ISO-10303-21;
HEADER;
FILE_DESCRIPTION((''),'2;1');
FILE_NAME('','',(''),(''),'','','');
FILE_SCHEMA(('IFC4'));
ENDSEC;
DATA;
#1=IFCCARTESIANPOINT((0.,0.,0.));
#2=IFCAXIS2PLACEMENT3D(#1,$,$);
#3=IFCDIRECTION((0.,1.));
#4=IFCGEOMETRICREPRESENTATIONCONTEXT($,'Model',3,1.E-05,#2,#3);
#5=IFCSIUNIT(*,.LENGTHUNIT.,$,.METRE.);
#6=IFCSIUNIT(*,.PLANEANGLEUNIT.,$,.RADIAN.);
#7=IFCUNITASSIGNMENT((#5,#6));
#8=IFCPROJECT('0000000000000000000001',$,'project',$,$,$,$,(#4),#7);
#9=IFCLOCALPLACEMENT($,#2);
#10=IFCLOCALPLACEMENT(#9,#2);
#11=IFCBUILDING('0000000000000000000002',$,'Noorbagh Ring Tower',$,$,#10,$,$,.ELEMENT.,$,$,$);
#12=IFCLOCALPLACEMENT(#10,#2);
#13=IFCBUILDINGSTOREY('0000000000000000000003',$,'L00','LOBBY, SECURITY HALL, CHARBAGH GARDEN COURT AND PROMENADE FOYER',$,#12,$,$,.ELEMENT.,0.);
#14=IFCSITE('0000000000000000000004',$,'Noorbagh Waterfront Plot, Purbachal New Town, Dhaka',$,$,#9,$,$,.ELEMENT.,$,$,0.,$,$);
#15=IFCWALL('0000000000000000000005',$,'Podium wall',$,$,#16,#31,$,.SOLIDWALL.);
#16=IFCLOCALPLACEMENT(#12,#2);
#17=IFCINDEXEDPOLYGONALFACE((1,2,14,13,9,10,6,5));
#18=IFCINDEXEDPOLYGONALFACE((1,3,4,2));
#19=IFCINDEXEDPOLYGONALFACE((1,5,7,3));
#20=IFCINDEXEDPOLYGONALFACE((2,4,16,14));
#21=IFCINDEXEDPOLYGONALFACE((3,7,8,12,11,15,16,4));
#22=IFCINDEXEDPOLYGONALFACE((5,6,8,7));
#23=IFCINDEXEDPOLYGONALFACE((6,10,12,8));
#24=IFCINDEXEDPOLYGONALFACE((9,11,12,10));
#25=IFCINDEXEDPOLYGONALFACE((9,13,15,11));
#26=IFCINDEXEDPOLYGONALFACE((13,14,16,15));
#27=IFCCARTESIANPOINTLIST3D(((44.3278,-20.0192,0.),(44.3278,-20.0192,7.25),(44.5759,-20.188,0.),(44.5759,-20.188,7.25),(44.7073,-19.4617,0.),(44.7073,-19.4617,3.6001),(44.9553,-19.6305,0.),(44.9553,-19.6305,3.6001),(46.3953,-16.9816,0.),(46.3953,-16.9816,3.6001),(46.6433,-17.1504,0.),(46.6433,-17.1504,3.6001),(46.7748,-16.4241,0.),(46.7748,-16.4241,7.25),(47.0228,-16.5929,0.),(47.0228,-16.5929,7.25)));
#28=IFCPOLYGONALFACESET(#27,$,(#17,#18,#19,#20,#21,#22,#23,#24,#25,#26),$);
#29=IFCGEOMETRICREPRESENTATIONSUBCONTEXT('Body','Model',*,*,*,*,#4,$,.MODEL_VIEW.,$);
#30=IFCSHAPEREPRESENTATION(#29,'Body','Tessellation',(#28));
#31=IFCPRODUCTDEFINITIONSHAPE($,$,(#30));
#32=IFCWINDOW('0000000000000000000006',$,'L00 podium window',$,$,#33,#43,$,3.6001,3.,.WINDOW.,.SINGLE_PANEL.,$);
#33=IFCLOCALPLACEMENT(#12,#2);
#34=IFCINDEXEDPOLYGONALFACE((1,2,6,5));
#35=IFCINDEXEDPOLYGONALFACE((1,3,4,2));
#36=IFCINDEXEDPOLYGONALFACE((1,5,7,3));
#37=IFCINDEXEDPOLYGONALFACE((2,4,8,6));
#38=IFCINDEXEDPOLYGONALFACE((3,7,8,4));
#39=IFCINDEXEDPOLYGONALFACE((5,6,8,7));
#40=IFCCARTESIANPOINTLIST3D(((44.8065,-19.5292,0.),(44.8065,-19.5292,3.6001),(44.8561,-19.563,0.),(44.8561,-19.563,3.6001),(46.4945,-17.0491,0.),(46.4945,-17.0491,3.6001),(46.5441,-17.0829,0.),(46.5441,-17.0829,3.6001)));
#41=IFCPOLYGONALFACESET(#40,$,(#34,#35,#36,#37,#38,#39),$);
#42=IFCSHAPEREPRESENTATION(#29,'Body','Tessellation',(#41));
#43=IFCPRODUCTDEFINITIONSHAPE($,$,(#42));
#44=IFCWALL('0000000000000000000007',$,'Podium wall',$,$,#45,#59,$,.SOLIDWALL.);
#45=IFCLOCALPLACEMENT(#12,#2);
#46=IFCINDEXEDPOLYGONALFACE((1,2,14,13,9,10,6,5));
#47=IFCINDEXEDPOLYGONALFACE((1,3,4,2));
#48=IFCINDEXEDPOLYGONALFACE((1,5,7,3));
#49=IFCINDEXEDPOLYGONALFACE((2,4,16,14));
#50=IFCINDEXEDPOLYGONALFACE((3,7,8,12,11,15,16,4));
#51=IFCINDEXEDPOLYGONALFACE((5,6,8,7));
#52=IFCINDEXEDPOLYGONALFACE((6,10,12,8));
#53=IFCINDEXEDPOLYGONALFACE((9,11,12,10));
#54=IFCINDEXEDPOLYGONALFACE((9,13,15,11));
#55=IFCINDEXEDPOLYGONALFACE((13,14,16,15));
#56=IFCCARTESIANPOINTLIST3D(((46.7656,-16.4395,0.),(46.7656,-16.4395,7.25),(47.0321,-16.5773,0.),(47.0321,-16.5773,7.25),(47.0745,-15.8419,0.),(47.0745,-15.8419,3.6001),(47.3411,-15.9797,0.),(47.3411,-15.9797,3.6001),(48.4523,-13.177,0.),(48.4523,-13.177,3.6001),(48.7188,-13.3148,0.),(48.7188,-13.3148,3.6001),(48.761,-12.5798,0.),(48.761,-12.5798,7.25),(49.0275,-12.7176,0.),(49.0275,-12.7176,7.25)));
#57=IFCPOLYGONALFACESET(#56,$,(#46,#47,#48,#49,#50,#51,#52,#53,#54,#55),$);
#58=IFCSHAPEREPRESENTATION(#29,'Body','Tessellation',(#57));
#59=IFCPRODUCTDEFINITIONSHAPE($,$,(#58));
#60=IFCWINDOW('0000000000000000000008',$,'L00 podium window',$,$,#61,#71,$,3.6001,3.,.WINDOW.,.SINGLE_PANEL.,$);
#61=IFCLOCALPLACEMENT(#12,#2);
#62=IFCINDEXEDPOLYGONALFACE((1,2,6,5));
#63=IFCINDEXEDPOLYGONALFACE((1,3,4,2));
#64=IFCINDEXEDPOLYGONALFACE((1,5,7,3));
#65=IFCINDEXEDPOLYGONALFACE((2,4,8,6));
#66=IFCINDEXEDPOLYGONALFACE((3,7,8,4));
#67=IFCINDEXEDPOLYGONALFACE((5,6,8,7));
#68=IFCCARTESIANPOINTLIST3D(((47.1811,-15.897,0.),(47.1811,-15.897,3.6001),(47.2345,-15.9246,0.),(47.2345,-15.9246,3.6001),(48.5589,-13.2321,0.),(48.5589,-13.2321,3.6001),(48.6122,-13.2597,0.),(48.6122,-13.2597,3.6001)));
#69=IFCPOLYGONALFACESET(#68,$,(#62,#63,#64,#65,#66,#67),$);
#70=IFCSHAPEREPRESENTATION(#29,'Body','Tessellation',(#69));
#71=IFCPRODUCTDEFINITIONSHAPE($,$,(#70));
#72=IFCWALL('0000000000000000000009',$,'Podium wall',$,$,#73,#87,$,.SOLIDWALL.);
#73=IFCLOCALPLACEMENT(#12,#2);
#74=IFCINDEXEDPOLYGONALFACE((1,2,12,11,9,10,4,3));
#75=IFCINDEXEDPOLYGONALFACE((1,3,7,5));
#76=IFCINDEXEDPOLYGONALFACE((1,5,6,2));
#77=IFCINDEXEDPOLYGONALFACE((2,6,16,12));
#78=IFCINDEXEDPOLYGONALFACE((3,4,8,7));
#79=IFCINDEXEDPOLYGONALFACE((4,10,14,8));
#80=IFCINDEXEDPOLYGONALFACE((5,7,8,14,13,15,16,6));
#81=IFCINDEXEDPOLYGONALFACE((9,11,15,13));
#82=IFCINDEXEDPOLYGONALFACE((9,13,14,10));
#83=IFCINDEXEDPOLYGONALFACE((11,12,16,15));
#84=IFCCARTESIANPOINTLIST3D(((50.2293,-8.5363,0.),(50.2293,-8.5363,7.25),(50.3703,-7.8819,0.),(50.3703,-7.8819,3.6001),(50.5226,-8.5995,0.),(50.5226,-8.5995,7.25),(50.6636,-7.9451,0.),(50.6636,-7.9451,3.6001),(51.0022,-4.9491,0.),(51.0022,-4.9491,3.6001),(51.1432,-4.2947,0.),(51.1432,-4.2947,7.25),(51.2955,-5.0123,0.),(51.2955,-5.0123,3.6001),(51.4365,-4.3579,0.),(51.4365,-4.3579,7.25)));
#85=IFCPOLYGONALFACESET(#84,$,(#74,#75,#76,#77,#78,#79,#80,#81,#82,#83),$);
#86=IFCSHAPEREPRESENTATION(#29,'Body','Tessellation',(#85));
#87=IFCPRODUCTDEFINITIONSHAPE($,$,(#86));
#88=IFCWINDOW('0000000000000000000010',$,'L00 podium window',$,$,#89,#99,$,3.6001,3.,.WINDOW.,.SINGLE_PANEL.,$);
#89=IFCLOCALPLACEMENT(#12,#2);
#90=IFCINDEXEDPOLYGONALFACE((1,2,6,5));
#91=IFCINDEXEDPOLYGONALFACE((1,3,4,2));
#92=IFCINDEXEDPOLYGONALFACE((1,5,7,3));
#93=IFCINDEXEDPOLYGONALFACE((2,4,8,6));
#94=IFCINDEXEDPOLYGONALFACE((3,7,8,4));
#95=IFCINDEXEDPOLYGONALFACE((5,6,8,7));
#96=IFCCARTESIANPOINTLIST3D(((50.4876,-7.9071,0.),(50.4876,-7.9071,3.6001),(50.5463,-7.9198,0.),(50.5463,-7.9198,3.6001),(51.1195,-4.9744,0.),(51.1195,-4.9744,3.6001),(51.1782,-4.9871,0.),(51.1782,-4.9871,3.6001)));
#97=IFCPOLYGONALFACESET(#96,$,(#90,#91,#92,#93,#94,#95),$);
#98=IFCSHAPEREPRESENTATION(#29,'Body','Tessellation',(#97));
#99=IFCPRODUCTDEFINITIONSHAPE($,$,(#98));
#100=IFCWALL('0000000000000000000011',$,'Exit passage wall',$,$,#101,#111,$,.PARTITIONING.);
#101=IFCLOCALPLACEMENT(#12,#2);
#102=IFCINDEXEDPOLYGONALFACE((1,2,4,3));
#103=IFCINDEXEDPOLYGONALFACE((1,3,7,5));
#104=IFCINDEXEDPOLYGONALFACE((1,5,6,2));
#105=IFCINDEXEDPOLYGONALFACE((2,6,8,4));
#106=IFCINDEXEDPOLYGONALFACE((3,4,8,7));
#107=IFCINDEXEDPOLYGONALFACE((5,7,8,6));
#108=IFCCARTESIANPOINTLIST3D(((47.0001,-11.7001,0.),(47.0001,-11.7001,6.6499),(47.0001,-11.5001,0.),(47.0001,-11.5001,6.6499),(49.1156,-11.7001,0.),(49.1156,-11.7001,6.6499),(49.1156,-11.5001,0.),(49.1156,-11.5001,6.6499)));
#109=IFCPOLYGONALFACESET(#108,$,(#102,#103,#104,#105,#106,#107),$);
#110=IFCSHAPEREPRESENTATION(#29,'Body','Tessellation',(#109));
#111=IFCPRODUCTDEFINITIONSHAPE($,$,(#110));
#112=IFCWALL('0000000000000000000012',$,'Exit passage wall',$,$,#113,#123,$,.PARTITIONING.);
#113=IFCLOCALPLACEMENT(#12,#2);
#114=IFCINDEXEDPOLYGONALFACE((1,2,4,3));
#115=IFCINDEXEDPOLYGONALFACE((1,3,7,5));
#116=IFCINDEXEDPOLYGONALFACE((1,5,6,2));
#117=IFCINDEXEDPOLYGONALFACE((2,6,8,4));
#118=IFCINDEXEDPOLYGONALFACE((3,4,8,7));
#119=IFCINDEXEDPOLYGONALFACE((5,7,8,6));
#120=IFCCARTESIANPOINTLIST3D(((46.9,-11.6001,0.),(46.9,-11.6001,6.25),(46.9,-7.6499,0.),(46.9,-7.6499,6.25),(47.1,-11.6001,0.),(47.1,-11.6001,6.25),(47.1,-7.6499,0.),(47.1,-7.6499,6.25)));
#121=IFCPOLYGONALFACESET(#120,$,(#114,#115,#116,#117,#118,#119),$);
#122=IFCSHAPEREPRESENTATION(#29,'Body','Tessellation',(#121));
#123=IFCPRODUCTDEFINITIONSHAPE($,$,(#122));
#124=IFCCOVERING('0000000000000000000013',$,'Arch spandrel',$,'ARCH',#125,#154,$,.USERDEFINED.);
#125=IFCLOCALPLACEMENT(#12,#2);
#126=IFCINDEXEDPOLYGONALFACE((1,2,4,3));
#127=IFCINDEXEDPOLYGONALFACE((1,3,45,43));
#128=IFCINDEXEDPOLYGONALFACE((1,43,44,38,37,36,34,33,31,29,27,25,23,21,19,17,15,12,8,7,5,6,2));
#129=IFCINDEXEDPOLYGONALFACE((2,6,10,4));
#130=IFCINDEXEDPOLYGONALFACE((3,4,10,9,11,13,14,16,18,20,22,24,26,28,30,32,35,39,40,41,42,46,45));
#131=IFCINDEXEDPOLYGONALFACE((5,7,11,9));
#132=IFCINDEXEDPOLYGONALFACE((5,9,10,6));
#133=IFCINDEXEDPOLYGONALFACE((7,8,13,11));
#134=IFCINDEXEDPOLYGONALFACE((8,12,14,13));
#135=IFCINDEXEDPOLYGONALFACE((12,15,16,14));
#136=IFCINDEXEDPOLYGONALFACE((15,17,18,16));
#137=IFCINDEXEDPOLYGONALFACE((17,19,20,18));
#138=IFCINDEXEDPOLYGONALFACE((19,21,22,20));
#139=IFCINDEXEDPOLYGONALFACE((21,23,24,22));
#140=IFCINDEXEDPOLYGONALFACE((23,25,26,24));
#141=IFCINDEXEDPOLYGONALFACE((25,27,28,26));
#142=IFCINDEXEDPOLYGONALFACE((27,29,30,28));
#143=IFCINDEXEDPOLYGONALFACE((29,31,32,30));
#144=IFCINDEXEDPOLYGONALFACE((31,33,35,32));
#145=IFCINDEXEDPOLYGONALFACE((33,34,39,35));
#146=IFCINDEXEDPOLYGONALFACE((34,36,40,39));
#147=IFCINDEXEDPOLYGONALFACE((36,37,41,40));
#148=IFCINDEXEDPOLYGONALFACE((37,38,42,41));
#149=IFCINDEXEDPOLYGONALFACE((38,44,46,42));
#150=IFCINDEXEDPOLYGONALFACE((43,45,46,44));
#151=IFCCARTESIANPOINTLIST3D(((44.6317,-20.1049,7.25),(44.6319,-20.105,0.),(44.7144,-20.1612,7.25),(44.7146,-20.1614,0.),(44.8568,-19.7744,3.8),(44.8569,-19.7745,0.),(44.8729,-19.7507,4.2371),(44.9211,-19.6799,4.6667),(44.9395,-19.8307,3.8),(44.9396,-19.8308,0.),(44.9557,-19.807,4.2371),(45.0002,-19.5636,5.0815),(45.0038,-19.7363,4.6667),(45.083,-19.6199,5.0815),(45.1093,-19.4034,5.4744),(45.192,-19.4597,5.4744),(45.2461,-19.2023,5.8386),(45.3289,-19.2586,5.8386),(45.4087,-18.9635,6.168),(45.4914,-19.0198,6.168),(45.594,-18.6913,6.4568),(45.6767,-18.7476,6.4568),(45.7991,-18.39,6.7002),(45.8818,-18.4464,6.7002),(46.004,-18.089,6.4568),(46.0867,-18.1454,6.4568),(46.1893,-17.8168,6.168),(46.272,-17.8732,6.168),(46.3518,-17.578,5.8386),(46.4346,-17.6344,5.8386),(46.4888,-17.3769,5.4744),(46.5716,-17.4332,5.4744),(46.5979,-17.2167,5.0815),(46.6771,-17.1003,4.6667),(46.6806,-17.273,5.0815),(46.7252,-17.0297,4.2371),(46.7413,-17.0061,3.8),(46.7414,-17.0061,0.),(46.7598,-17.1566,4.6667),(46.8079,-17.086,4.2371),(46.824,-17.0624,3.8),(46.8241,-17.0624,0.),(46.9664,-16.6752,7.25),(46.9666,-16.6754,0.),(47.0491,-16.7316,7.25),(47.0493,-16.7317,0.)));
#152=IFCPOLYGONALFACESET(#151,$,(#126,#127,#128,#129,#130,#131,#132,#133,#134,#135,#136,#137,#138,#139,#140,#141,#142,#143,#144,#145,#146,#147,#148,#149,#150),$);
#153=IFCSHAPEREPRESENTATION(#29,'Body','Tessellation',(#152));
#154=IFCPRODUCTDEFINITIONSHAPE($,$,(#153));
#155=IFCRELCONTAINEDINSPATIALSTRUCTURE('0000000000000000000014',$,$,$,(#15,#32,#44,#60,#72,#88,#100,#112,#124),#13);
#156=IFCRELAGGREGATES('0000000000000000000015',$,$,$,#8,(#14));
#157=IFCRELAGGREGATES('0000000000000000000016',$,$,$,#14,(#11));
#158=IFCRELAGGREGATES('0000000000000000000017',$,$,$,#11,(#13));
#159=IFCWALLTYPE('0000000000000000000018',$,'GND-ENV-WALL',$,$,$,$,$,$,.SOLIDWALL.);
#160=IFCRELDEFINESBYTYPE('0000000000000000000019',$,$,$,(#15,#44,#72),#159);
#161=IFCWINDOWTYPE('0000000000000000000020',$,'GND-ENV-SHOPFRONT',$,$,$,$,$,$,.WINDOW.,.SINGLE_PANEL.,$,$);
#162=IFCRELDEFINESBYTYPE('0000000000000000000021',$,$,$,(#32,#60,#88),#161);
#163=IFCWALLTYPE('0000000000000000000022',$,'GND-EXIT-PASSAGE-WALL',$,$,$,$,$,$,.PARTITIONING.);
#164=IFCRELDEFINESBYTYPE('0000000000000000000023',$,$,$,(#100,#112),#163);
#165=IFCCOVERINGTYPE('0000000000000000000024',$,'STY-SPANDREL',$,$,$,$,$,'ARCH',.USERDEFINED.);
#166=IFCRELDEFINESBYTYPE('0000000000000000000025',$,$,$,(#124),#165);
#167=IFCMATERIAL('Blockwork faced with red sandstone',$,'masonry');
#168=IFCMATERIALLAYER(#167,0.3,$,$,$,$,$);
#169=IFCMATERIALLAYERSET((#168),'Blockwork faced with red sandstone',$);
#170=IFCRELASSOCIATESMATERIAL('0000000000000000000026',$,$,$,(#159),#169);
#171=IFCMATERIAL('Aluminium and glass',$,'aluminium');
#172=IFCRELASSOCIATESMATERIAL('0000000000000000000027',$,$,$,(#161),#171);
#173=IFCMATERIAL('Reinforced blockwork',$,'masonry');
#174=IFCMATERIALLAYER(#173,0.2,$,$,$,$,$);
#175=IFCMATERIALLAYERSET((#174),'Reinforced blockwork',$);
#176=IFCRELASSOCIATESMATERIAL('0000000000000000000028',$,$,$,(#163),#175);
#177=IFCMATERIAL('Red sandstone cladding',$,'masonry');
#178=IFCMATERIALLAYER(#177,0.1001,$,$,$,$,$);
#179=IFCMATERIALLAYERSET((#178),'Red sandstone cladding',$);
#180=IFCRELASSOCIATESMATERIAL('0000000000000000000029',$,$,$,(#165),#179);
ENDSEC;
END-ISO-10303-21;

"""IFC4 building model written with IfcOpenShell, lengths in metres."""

from ifc_helpers import new_model, si_unit, direction, frame, frame_2d, origin, place, context, subcontext, project, spatial, polyline, rectangle, outline, extrude, material, layer, layer_set, type_object, element, fill, save


model = new_model("IFC4")

# Units and contexts
model_context = context("Model", 3, precision=1e-05, world=origin(), true_north=direction((0.0, 1.0)))
body_context = subcontext(model_context, "Body", "Model", "MODEL_VIEW")
ifc_project = project(units=[si_unit("LENGTHUNIT", "METRE"), si_unit("PLANEANGLEUNIT", "RADIAN")], contexts=[model_context])

# Site, building, storey
site_placement = place(None, origin())
site = spatial("IfcSite", under=ifc_project, at=site_placement, Name="Noorbagh Waterfront Plot, Purbachal New Town, Dhaka", CompositionType="ELEMENT", RefElevation=0.0)
building_placement = place(site_placement, origin())
building = spatial("IfcBuilding", under=site, at=building_placement, Name="Noorbagh Ring Tower", CompositionType="ELEMENT")
storey_placement = place(building_placement, origin())
storey = spatial("IfcBuildingStorey", under=building, at=storey_placement, Name="L00", Description="LOBBY, SECURITY HALL, CHARBAGH GARDEN COURT AND PROMENADE FOYER", CompositionType="ELEMENT", Elevation=0.0)

# Walls, openings, windows
ifc_material_1 = material(Name="Blockwork faced with red sandstone", Category="masonry")
ifc_layer_1 = layer(ifc_material_1, 0.3)
ifc_layer_set_1 = layer_set([ifc_layer_1], Name="Blockwork faced with red sandstone")
wall_type_1 = type_object("IfcWallType", Name="GND-ENV-WALL", PredefinedType="SOLIDWALL", material=ifc_layer_set_1)
wall_1_placement = place(storey_placement, frame((44.4519, -20.1035, 0.0), z_axis=(0.0, 0.0, 1.0), x_axis=(0.562668, 0.826683, 0.0)))
wall_1 = element("IfcWall", 1, at=wall_1_placement, inside=storey, type_object=wall_type_1, Name="Podium wall", PredefinedType="SOLIDWALL", context=body_context, shape_type="SweptSolid", body=[
    extrude(rectangle(XDim=4.3489, YDim=0.3, at=frame_2d((2.1743, 0.0))), origin(), (0.0, 0.0, 1.0), 7.25),
])
opening_1_placement = place(wall_1_placement, frame((0.6743, 0.0, 0.0)))
opening_1 = element("IfcOpeningElement", 2, at=opening_1_placement, cuts=wall_1, PredefinedType="OPENING", context=body_context, shape_type="SweptSolid", body=[
    extrude(rectangle(XDim=3.0, YDim=3.6001, at=frame_2d((1.5, 1.8))), frame((0.0, 0.1602, 0.0), z_axis=(0.0, -1.0, 0.0), x_axis=(1.0, 0.0, 0.0)), (0.0, 0.0, 1.0), 0.3201),
])
ifc_material_2 = material(Name="Aluminium and glass", Category="aluminium")
window_type = type_object("IfcWindowType", Name="GND-ENV-SHOPFRONT", PartitioningType="SINGLE_PANEL", PredefinedType="WINDOW", material=ifc_material_2)
window_1_placement = place(opening_1_placement, origin())
window_1 = element("IfcWindow", 3, at=window_1_placement, inside=storey, type_object=window_type, Name="L00 podium window", OverallHeight=3.6001, OverallWidth=3.0, PartitioningType="SINGLE_PANEL", PredefinedType="WINDOW", context=body_context, shape_type="SweptSolid", body=[
    extrude(rectangle(XDim=3.0, YDim=3.6001, at=frame_2d((1.5, 1.8))), frame((0.0, 0.03, 0.0), z_axis=(0.0, -1.0, 0.0), x_axis=(1.0, 0.0, 0.0)), (0.0, 0.0, 1.0), 0.0601),
])
fill(opening_1, window_1)
wall_2_placement = place(storey_placement, frame((46.8989, -16.5083, 0.0), z_axis=(0.0, 0.0, 1.0), x_axis=(0.459243, 0.888311, 0.0)))
wall_2 = element("IfcWall", 4, at=wall_2_placement, inside=storey, type_object=wall_type_1, Name="Podium wall", PredefinedType="SOLIDWALL", context=body_context, shape_type="SweptSolid", body=[
    extrude(rectangle(XDim=4.345, YDim=0.3, at=frame_2d((2.1724, 0.0))), origin(), (0.0, 0.0, 1.0), 7.25),
])
opening_2_placement = place(wall_2_placement, frame((0.6726, 0.0, 0.0)))
opening_2 = element("IfcOpeningElement", 5, at=opening_2_placement, cuts=wall_2, PredefinedType="OPENING", context=body_context, shape_type="SweptSolid", body=[
    extrude(rectangle(XDim=3.0, YDim=3.6001, at=frame_2d((1.5, 1.8))), frame((0.0, 0.1602, 0.0), z_axis=(0.0, -1.0, 0.0), x_axis=(1.0, 0.0, 0.0)), (0.0, 0.0, 1.0), 0.3201),
])
window_2_placement = place(opening_2_placement, origin())
window_2 = element("IfcWindow", 6, at=window_2_placement, inside=storey, type_object=window_type, Name="L00 podium window", OverallHeight=3.6001, OverallWidth=3.0, PartitioningType="SINGLE_PANEL", PredefinedType="WINDOW", context=body_context, shape_type="SweptSolid", body=[
    extrude(rectangle(XDim=3.0, YDim=3.6001, at=frame_2d((1.5, 1.8))), frame((0.0, 0.03, 0.0), z_axis=(0.0, -1.0, 0.0), x_axis=(1.0, 0.0, 0.0)), (0.0, 0.0, 1.0), 0.0601),
])
fill(opening_2, window_2)

# Wall, opening, window
wall_3_placement = place(storey_placement, frame((50.376, -8.5679, 0.0), z_axis=(0.0, 0.0, 1.0), x_axis=(0.210616, 0.977569, 0.0)))
wall_3 = element("IfcWall", 7, at=wall_3_placement, inside=storey, type_object=wall_type_1, Name="Podium wall", PredefinedType="SOLIDWALL", context=body_context, shape_type="SweptSolid", body=[
    extrude(rectangle(XDim=4.3389, YDim=0.3, at=frame_2d((2.1694, 0.0))), origin(), (0.0, 0.0, 1.0), 7.25),
])
opening_3_placement = place(wall_3_placement, frame((0.6694, 0.0, 0.0)))
opening_3 = element("IfcOpeningElement", 8, at=opening_3_placement, cuts=wall_3, PredefinedType="OPENING", context=body_context, shape_type="SweptSolid", body=[
    extrude(rectangle(XDim=3.0, YDim=3.6001, at=frame_2d((1.5, 1.8))), frame((0.0, 0.1602, 0.0), z_axis=(0.0, -1.0, 0.0), x_axis=(1.0, 0.0, 0.0)), (0.0, 0.0, 1.0), 0.3201),
])
window_3_placement = place(opening_3_placement, origin())
window_3 = element("IfcWindow", 9, at=window_3_placement, inside=storey, type_object=window_type, Name="L00 podium window", OverallHeight=3.6001, OverallWidth=3.0, PartitioningType="SINGLE_PANEL", PredefinedType="WINDOW", context=body_context, shape_type="SweptSolid", body=[
    extrude(rectangle(XDim=3.0, YDim=3.6001, at=frame_2d((1.5, 1.8))), frame((0.0, 0.03, 0.0), z_axis=(0.0, -1.0, 0.0), x_axis=(1.0, 0.0, 0.0)), (0.0, 0.0, 1.0), 0.0601),
])
fill(opening_3, window_3)

# Walls
ifc_material_3 = material(Name="Reinforced blockwork", Category="masonry")
ifc_layer_2 = layer(ifc_material_3, 0.2)
ifc_layer_set_2 = layer_set([ifc_layer_2], Name="Reinforced blockwork")
wall_type_2 = type_object("IfcWallType", Name="GND-EXIT-PASSAGE-WALL", PredefinedType="PARTITIONING", material=ifc_layer_set_2)
wall_4_placement = place(storey_placement, frame((49.1155, -11.6001, 0.0), z_axis=(0.0, 0.0, 1.0), x_axis=(-1.0, 0.0, 0.0)))
element("IfcWall", 10, at=wall_4_placement, inside=storey, type_object=wall_type_2, Name="Exit passage wall", PredefinedType="PARTITIONING", context=body_context, shape_type="SweptSolid", body=[
    extrude(rectangle(XDim=2.1155, YDim=0.2, at=frame_2d((1.0576, 0.0))), origin(), (0.0, 0.0, 1.0), 6.6499),
])
wall_5_placement = place(storey_placement, frame((47.0, -11.6001, 0.0), z_axis=(0.0, 0.0, 1.0), x_axis=(0.0, 1.0, 0.0)))
element("IfcWall", 11, at=wall_5_placement, inside=storey, type_object=wall_type_2, Name="Exit passage wall", PredefinedType="PARTITIONING", context=body_context, shape_type="SweptSolid", body=[
    extrude(rectangle(XDim=3.9502, YDim=0.2, at=frame_2d((1.9751, 0.0))), origin(), (0.0, 0.0, 1.0), 6.25),
])

# Covering
ifc_material_4 = material(Name="Red sandstone cladding", Category="masonry")
ifc_layer_3 = layer(ifc_material_4, 0.1001)
ifc_layer_set_3 = layer_set([ifc_layer_3], Name="Red sandstone cladding")
covering_type = type_object("IfcCoveringType", Name="STY-SPANDREL", ElementType="ARCH", PredefinedType="USERDEFINED", material=ifc_layer_set_3)
covering_1_placement = place(storey_placement, frame((44.7146, -20.1614, 0.0), z_axis=(0.826645, -0.562724, 0.000032), x_axis=(0.562724, 0.826645, 0.0)))
element("IfcCovering", 12, at=covering_1_placement, inside=storey, type_object=covering_type, Name="Arch spandrel", ObjectType="ARCH", PredefinedType="USERDEFINED", context=body_context, shape_type="SweptSolid", body=[
    extrude(outline(polyline([(0.0, 0.0), (0.3999, 0.0), (0.3999, 3.8), (0.4286, 4.2371), (0.5142, 4.6667), (0.6549, 5.0815), (0.8487, 5.4744), (1.0919, 5.8386), (1.3808, 6.168), (1.7101, 6.4568), (2.0745, 6.7002), (2.4386, 6.4568), (2.7679, 6.168), (3.0568, 5.8386), (3.3002, 5.4744), (3.494, 5.0815), (3.6348, 4.6667), (3.7202, 4.2371), (3.7488, 3.8), (3.7488, 0.0), (4.1489, 0.0), (4.1489, 7.25), (0.0, 7.25), (0.0, 0.0)])), origin(), (0.0, 0.0, -1.0), 0.1001),
])

save(model, "model.ifc")
